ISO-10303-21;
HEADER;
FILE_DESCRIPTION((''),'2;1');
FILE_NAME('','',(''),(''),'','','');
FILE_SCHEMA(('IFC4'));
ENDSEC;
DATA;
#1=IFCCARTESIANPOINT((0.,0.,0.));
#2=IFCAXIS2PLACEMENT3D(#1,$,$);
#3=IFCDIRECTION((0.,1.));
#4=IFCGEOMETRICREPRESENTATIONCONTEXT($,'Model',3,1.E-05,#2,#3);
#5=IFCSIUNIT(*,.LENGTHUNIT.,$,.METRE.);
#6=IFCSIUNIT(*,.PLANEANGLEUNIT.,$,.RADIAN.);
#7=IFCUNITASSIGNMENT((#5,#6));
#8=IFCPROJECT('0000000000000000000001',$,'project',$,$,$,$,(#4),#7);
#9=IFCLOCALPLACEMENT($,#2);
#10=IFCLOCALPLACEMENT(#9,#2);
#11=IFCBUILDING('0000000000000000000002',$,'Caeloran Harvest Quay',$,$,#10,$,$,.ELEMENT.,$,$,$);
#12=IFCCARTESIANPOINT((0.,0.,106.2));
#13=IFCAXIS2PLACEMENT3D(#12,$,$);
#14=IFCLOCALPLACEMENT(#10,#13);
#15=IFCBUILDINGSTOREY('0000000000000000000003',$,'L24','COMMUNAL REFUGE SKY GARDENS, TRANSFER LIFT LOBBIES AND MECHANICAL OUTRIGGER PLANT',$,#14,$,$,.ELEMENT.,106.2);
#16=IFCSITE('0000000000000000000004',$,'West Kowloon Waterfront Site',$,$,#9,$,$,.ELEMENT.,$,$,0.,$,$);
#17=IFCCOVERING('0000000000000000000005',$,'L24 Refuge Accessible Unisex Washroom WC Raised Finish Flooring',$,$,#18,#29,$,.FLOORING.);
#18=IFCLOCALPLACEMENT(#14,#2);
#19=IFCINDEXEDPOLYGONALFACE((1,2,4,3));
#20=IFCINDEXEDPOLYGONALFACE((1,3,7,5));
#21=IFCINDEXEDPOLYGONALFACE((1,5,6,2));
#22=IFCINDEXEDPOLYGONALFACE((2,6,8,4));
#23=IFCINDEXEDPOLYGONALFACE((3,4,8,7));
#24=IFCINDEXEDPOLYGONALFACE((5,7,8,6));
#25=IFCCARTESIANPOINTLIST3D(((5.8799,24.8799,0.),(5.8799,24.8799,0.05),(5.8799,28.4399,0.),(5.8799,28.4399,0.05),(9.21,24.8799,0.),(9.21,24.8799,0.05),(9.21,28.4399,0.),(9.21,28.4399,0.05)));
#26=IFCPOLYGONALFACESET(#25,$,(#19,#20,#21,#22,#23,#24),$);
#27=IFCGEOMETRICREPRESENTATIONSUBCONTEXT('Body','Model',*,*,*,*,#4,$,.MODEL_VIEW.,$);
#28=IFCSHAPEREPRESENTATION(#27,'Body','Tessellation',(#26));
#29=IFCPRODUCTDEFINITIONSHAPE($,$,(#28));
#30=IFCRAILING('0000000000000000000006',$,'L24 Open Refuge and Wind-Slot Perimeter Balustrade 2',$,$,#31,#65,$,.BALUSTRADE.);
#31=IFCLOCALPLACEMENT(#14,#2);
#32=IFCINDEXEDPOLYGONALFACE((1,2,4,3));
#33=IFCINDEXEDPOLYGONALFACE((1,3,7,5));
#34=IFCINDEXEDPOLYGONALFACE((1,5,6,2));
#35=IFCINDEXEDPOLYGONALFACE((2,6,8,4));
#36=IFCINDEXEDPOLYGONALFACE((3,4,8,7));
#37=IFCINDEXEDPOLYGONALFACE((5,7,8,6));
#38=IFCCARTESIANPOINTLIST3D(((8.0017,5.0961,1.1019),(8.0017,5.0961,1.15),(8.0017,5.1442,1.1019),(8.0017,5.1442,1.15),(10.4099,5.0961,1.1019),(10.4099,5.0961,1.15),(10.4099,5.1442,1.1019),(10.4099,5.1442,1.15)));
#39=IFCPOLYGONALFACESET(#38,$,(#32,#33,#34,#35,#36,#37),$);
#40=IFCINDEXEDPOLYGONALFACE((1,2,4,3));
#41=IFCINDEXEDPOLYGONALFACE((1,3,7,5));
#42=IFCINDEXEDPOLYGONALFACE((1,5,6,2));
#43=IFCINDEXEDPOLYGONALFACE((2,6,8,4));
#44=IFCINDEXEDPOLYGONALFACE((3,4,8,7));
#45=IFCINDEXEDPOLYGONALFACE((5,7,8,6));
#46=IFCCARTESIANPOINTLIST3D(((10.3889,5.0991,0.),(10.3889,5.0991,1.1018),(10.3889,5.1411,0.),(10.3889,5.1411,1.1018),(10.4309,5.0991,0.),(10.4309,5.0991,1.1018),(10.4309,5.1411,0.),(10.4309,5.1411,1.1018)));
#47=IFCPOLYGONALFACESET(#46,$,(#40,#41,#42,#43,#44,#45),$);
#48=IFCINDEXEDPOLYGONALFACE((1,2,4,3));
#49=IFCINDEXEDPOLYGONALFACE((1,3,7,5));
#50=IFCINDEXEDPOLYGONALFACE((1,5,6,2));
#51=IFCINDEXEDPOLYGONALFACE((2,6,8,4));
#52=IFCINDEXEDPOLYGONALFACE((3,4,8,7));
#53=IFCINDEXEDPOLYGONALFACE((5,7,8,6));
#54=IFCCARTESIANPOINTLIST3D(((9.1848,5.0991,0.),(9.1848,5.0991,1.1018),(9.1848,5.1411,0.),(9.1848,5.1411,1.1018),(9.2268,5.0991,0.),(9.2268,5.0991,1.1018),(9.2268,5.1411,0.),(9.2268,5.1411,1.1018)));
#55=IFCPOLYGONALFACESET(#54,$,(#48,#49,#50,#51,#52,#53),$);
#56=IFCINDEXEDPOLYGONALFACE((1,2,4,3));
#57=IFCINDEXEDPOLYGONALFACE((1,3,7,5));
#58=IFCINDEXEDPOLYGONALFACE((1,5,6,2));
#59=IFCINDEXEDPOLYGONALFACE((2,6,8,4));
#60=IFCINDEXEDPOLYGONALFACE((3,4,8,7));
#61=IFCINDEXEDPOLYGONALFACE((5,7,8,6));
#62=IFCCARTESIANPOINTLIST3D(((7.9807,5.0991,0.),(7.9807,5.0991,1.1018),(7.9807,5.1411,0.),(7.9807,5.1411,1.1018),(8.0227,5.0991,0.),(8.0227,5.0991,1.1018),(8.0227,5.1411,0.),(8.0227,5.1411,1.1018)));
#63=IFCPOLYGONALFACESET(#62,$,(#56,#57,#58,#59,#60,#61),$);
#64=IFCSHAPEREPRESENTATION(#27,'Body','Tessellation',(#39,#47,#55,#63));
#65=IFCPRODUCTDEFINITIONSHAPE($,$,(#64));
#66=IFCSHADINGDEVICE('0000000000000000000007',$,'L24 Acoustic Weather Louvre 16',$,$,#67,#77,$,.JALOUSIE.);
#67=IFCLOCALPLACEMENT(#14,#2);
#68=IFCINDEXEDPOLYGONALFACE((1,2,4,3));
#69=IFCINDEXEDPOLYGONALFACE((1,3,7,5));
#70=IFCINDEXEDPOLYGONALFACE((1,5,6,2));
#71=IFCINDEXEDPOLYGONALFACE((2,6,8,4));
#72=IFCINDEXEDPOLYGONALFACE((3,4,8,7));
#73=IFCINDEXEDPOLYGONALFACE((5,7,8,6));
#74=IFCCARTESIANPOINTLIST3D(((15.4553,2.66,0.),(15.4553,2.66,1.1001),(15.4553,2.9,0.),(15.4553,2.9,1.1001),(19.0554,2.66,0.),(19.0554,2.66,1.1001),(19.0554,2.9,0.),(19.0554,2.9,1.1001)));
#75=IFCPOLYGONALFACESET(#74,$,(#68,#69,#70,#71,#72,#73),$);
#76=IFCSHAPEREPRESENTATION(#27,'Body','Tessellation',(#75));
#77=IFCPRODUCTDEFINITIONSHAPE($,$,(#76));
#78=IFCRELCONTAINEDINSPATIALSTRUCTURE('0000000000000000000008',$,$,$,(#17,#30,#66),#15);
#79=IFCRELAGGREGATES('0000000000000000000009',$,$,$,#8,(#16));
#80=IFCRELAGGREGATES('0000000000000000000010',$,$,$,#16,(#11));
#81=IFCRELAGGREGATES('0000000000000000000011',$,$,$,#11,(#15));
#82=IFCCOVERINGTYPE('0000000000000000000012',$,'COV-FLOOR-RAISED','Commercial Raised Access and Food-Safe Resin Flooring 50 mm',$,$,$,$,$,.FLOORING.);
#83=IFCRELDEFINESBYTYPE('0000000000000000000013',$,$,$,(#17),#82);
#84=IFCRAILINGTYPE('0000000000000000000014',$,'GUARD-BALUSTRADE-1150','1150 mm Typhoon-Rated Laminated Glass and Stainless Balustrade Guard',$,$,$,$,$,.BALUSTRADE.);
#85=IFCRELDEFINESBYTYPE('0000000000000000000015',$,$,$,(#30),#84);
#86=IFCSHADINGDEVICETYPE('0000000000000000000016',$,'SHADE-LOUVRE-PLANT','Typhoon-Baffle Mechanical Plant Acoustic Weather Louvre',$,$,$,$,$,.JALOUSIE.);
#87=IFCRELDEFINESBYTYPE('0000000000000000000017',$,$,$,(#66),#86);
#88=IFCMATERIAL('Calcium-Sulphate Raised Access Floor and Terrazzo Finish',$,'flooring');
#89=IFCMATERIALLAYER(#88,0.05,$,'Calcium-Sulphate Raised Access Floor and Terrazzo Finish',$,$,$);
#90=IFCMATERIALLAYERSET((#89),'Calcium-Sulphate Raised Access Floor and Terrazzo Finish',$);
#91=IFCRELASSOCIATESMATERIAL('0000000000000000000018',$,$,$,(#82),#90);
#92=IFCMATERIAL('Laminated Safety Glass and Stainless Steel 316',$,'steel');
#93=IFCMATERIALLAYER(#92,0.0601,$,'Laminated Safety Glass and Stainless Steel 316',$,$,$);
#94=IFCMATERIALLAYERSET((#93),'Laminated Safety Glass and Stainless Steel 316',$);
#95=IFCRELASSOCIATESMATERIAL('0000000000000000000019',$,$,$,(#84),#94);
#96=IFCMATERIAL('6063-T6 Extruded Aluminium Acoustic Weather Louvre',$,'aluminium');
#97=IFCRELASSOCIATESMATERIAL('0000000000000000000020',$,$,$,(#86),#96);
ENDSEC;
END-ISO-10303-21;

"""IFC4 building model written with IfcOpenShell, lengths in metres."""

from ifc_helpers import new_model, si_unit, direction, frame, origin, origin_2d, place, context, subcontext, project, spatial, polyline, rectangle, outline, extrude, material, layer, layer_set, type_object, element, save


model = new_model("IFC4")

# Units and contexts
model_context = context("Model", 3, precision=1e-05, world=origin(), true_north=direction((0.0, 1.0)))
body_context = subcontext(model_context, "Body", "Model", "MODEL_VIEW")
ifc_project = project(units=[si_unit("LENGTHUNIT", "METRE"), si_unit("PLANEANGLEUNIT", "RADIAN")], contexts=[model_context])

# Site, building, storey
site_placement = place(None, origin())
site = spatial("IfcSite", under=ifc_project, at=site_placement, Name="West Kowloon Waterfront Site", CompositionType="ELEMENT", RefElevation=0.0)
building_placement = place(site_placement, origin())
building = spatial("IfcBuilding", under=site, at=building_placement, Name="Caeloran Harvest Quay", CompositionType="ELEMENT")
storey_placement = place(building_placement, frame((0.0, 0.0, 106.2)))
storey = spatial("IfcBuildingStorey", under=building, at=storey_placement, Name="L24", Description="COMMUNAL REFUGE SKY GARDENS, TRANSFER LIFT LOBBIES AND MECHANICAL OUTRIGGER PLANT", CompositionType="ELEMENT", Elevation=106.2)

# Covering
ifc_material_1 = material(Name="Calcium-Sulphate Raised Access Floor and Terrazzo Finish", Category="flooring")
ifc_layer_1 = layer(ifc_material_1, 0.05, Name="Calcium-Sulphate Raised Access Floor and Terrazzo Finish")
ifc_layer_set_1 = layer_set([ifc_layer_1], Name="Calcium-Sulphate Raised Access Floor and Terrazzo Finish")
covering_type_1 = type_object("IfcCoveringType", Name="COV-FLOOR-RAISED", Description="Commercial Raised Access and Food-Safe Resin Flooring 50 mm", PredefinedType="FLOORING", material=ifc_layer_set_1)
covering_1_placement = place(storey_placement, origin())
element("IfcCovering", 1, at=covering_1_placement, inside=storey, type_object=covering_type_1, Name="L24 Refuge Accessible Unisex Washroom WC Raised Finish Flooring", PredefinedType="FLOORING", context=body_context, shape_type="SweptSolid", body=[
    extrude(outline(polyline([(9.21, 28.4399), (9.21, 24.8799), (5.8799, 24.8799), (5.8799, 28.4399), (9.21, 28.4399)])), origin(), (0.0, 0.0, 1.0), 0.05),
])

# Railing
ifc_material_2 = material(Name="Laminated Safety Glass and Stainless Steel 316", Category="steel")
ifc_layer_2 = layer(ifc_material_2, 0.0601, Name="Laminated Safety Glass and Stainless Steel 316")
ifc_layer_set_2 = layer_set([ifc_layer_2], Name="Laminated Safety Glass and Stainless Steel 316")
railing_type = type_object("IfcRailingType", Name="GUARD-BALUSTRADE-1150", Description="1150 mm Typhoon-Rated Laminated Glass and Stainless Balustrade Guard", PredefinedType="BALUSTRADE", material=ifc_layer_set_2)
railing_placement = place(storey_placement, frame((10.4099, 5.1201, 0.0)))
element("IfcRailing", 2, at=railing_placement, inside=storey, type_object=railing_type, Name="L24 Open Refuge and Wind-Slot Perimeter Balustrade 2", PredefinedType="BALUSTRADE", context=body_context, shape_type="SweptSolid", body=[
    extrude(rectangle(XDim=0.0481, YDim=0.0481, at=origin_2d()), frame((0.0, 0.0, 1.126), z_axis=(-1.0, 0.0, 0.0), x_axis=(0.0, -1.0, 0.0)), (0.0, 0.0, 1.0), 2.4082),
    extrude(rectangle(XDim=0.042, YDim=0.042, at=origin_2d()), origin(), (0.0, 0.0, 1.0), 1.1018),
    extrude(rectangle(XDim=0.042, YDim=0.042, at=origin_2d()), frame((-1.2041, 0.0, 0.0)), (0.0, 0.0, 1.0), 1.1018),
    extrude(rectangle(XDim=0.042, YDim=0.042, at=origin_2d()), frame((-2.4082, 0.0, 0.0)), (0.0, 0.0, 1.0), 1.1018),
])

# Shading device
ifc_material_3 = material(Name="6063-T6 Extruded Aluminium Acoustic Weather Louvre", Category="aluminium")
shading_device_type = type_object("IfcShadingDeviceType", Name="SHADE-LOUVRE-PLANT", Description="Typhoon-Baffle Mechanical Plant Acoustic Weather Louvre", PredefinedType="JALOUSIE", material=ifc_material_3)
shading_device_placement = place(storey_placement, frame((17.2554, 2.78, 0.0), z_axis=(0.0, 0.0, 1.0), x_axis=(-1.0, 0.0, 0.0)))
element("IfcShadingDevice", 3, at=shading_device_placement, inside=storey, type_object=shading_device_type, Name="L24 Acoustic Weather Louvre 16", PredefinedType="JALOUSIE", context=body_context, shape_type="SweptSolid", body=[
    extrude(rectangle(XDim=3.6001, YDim=0.24, at=origin_2d()), origin(), (0.0, 0.0, 1.0), 1.1001),
])

save(model, "model.ifc")
